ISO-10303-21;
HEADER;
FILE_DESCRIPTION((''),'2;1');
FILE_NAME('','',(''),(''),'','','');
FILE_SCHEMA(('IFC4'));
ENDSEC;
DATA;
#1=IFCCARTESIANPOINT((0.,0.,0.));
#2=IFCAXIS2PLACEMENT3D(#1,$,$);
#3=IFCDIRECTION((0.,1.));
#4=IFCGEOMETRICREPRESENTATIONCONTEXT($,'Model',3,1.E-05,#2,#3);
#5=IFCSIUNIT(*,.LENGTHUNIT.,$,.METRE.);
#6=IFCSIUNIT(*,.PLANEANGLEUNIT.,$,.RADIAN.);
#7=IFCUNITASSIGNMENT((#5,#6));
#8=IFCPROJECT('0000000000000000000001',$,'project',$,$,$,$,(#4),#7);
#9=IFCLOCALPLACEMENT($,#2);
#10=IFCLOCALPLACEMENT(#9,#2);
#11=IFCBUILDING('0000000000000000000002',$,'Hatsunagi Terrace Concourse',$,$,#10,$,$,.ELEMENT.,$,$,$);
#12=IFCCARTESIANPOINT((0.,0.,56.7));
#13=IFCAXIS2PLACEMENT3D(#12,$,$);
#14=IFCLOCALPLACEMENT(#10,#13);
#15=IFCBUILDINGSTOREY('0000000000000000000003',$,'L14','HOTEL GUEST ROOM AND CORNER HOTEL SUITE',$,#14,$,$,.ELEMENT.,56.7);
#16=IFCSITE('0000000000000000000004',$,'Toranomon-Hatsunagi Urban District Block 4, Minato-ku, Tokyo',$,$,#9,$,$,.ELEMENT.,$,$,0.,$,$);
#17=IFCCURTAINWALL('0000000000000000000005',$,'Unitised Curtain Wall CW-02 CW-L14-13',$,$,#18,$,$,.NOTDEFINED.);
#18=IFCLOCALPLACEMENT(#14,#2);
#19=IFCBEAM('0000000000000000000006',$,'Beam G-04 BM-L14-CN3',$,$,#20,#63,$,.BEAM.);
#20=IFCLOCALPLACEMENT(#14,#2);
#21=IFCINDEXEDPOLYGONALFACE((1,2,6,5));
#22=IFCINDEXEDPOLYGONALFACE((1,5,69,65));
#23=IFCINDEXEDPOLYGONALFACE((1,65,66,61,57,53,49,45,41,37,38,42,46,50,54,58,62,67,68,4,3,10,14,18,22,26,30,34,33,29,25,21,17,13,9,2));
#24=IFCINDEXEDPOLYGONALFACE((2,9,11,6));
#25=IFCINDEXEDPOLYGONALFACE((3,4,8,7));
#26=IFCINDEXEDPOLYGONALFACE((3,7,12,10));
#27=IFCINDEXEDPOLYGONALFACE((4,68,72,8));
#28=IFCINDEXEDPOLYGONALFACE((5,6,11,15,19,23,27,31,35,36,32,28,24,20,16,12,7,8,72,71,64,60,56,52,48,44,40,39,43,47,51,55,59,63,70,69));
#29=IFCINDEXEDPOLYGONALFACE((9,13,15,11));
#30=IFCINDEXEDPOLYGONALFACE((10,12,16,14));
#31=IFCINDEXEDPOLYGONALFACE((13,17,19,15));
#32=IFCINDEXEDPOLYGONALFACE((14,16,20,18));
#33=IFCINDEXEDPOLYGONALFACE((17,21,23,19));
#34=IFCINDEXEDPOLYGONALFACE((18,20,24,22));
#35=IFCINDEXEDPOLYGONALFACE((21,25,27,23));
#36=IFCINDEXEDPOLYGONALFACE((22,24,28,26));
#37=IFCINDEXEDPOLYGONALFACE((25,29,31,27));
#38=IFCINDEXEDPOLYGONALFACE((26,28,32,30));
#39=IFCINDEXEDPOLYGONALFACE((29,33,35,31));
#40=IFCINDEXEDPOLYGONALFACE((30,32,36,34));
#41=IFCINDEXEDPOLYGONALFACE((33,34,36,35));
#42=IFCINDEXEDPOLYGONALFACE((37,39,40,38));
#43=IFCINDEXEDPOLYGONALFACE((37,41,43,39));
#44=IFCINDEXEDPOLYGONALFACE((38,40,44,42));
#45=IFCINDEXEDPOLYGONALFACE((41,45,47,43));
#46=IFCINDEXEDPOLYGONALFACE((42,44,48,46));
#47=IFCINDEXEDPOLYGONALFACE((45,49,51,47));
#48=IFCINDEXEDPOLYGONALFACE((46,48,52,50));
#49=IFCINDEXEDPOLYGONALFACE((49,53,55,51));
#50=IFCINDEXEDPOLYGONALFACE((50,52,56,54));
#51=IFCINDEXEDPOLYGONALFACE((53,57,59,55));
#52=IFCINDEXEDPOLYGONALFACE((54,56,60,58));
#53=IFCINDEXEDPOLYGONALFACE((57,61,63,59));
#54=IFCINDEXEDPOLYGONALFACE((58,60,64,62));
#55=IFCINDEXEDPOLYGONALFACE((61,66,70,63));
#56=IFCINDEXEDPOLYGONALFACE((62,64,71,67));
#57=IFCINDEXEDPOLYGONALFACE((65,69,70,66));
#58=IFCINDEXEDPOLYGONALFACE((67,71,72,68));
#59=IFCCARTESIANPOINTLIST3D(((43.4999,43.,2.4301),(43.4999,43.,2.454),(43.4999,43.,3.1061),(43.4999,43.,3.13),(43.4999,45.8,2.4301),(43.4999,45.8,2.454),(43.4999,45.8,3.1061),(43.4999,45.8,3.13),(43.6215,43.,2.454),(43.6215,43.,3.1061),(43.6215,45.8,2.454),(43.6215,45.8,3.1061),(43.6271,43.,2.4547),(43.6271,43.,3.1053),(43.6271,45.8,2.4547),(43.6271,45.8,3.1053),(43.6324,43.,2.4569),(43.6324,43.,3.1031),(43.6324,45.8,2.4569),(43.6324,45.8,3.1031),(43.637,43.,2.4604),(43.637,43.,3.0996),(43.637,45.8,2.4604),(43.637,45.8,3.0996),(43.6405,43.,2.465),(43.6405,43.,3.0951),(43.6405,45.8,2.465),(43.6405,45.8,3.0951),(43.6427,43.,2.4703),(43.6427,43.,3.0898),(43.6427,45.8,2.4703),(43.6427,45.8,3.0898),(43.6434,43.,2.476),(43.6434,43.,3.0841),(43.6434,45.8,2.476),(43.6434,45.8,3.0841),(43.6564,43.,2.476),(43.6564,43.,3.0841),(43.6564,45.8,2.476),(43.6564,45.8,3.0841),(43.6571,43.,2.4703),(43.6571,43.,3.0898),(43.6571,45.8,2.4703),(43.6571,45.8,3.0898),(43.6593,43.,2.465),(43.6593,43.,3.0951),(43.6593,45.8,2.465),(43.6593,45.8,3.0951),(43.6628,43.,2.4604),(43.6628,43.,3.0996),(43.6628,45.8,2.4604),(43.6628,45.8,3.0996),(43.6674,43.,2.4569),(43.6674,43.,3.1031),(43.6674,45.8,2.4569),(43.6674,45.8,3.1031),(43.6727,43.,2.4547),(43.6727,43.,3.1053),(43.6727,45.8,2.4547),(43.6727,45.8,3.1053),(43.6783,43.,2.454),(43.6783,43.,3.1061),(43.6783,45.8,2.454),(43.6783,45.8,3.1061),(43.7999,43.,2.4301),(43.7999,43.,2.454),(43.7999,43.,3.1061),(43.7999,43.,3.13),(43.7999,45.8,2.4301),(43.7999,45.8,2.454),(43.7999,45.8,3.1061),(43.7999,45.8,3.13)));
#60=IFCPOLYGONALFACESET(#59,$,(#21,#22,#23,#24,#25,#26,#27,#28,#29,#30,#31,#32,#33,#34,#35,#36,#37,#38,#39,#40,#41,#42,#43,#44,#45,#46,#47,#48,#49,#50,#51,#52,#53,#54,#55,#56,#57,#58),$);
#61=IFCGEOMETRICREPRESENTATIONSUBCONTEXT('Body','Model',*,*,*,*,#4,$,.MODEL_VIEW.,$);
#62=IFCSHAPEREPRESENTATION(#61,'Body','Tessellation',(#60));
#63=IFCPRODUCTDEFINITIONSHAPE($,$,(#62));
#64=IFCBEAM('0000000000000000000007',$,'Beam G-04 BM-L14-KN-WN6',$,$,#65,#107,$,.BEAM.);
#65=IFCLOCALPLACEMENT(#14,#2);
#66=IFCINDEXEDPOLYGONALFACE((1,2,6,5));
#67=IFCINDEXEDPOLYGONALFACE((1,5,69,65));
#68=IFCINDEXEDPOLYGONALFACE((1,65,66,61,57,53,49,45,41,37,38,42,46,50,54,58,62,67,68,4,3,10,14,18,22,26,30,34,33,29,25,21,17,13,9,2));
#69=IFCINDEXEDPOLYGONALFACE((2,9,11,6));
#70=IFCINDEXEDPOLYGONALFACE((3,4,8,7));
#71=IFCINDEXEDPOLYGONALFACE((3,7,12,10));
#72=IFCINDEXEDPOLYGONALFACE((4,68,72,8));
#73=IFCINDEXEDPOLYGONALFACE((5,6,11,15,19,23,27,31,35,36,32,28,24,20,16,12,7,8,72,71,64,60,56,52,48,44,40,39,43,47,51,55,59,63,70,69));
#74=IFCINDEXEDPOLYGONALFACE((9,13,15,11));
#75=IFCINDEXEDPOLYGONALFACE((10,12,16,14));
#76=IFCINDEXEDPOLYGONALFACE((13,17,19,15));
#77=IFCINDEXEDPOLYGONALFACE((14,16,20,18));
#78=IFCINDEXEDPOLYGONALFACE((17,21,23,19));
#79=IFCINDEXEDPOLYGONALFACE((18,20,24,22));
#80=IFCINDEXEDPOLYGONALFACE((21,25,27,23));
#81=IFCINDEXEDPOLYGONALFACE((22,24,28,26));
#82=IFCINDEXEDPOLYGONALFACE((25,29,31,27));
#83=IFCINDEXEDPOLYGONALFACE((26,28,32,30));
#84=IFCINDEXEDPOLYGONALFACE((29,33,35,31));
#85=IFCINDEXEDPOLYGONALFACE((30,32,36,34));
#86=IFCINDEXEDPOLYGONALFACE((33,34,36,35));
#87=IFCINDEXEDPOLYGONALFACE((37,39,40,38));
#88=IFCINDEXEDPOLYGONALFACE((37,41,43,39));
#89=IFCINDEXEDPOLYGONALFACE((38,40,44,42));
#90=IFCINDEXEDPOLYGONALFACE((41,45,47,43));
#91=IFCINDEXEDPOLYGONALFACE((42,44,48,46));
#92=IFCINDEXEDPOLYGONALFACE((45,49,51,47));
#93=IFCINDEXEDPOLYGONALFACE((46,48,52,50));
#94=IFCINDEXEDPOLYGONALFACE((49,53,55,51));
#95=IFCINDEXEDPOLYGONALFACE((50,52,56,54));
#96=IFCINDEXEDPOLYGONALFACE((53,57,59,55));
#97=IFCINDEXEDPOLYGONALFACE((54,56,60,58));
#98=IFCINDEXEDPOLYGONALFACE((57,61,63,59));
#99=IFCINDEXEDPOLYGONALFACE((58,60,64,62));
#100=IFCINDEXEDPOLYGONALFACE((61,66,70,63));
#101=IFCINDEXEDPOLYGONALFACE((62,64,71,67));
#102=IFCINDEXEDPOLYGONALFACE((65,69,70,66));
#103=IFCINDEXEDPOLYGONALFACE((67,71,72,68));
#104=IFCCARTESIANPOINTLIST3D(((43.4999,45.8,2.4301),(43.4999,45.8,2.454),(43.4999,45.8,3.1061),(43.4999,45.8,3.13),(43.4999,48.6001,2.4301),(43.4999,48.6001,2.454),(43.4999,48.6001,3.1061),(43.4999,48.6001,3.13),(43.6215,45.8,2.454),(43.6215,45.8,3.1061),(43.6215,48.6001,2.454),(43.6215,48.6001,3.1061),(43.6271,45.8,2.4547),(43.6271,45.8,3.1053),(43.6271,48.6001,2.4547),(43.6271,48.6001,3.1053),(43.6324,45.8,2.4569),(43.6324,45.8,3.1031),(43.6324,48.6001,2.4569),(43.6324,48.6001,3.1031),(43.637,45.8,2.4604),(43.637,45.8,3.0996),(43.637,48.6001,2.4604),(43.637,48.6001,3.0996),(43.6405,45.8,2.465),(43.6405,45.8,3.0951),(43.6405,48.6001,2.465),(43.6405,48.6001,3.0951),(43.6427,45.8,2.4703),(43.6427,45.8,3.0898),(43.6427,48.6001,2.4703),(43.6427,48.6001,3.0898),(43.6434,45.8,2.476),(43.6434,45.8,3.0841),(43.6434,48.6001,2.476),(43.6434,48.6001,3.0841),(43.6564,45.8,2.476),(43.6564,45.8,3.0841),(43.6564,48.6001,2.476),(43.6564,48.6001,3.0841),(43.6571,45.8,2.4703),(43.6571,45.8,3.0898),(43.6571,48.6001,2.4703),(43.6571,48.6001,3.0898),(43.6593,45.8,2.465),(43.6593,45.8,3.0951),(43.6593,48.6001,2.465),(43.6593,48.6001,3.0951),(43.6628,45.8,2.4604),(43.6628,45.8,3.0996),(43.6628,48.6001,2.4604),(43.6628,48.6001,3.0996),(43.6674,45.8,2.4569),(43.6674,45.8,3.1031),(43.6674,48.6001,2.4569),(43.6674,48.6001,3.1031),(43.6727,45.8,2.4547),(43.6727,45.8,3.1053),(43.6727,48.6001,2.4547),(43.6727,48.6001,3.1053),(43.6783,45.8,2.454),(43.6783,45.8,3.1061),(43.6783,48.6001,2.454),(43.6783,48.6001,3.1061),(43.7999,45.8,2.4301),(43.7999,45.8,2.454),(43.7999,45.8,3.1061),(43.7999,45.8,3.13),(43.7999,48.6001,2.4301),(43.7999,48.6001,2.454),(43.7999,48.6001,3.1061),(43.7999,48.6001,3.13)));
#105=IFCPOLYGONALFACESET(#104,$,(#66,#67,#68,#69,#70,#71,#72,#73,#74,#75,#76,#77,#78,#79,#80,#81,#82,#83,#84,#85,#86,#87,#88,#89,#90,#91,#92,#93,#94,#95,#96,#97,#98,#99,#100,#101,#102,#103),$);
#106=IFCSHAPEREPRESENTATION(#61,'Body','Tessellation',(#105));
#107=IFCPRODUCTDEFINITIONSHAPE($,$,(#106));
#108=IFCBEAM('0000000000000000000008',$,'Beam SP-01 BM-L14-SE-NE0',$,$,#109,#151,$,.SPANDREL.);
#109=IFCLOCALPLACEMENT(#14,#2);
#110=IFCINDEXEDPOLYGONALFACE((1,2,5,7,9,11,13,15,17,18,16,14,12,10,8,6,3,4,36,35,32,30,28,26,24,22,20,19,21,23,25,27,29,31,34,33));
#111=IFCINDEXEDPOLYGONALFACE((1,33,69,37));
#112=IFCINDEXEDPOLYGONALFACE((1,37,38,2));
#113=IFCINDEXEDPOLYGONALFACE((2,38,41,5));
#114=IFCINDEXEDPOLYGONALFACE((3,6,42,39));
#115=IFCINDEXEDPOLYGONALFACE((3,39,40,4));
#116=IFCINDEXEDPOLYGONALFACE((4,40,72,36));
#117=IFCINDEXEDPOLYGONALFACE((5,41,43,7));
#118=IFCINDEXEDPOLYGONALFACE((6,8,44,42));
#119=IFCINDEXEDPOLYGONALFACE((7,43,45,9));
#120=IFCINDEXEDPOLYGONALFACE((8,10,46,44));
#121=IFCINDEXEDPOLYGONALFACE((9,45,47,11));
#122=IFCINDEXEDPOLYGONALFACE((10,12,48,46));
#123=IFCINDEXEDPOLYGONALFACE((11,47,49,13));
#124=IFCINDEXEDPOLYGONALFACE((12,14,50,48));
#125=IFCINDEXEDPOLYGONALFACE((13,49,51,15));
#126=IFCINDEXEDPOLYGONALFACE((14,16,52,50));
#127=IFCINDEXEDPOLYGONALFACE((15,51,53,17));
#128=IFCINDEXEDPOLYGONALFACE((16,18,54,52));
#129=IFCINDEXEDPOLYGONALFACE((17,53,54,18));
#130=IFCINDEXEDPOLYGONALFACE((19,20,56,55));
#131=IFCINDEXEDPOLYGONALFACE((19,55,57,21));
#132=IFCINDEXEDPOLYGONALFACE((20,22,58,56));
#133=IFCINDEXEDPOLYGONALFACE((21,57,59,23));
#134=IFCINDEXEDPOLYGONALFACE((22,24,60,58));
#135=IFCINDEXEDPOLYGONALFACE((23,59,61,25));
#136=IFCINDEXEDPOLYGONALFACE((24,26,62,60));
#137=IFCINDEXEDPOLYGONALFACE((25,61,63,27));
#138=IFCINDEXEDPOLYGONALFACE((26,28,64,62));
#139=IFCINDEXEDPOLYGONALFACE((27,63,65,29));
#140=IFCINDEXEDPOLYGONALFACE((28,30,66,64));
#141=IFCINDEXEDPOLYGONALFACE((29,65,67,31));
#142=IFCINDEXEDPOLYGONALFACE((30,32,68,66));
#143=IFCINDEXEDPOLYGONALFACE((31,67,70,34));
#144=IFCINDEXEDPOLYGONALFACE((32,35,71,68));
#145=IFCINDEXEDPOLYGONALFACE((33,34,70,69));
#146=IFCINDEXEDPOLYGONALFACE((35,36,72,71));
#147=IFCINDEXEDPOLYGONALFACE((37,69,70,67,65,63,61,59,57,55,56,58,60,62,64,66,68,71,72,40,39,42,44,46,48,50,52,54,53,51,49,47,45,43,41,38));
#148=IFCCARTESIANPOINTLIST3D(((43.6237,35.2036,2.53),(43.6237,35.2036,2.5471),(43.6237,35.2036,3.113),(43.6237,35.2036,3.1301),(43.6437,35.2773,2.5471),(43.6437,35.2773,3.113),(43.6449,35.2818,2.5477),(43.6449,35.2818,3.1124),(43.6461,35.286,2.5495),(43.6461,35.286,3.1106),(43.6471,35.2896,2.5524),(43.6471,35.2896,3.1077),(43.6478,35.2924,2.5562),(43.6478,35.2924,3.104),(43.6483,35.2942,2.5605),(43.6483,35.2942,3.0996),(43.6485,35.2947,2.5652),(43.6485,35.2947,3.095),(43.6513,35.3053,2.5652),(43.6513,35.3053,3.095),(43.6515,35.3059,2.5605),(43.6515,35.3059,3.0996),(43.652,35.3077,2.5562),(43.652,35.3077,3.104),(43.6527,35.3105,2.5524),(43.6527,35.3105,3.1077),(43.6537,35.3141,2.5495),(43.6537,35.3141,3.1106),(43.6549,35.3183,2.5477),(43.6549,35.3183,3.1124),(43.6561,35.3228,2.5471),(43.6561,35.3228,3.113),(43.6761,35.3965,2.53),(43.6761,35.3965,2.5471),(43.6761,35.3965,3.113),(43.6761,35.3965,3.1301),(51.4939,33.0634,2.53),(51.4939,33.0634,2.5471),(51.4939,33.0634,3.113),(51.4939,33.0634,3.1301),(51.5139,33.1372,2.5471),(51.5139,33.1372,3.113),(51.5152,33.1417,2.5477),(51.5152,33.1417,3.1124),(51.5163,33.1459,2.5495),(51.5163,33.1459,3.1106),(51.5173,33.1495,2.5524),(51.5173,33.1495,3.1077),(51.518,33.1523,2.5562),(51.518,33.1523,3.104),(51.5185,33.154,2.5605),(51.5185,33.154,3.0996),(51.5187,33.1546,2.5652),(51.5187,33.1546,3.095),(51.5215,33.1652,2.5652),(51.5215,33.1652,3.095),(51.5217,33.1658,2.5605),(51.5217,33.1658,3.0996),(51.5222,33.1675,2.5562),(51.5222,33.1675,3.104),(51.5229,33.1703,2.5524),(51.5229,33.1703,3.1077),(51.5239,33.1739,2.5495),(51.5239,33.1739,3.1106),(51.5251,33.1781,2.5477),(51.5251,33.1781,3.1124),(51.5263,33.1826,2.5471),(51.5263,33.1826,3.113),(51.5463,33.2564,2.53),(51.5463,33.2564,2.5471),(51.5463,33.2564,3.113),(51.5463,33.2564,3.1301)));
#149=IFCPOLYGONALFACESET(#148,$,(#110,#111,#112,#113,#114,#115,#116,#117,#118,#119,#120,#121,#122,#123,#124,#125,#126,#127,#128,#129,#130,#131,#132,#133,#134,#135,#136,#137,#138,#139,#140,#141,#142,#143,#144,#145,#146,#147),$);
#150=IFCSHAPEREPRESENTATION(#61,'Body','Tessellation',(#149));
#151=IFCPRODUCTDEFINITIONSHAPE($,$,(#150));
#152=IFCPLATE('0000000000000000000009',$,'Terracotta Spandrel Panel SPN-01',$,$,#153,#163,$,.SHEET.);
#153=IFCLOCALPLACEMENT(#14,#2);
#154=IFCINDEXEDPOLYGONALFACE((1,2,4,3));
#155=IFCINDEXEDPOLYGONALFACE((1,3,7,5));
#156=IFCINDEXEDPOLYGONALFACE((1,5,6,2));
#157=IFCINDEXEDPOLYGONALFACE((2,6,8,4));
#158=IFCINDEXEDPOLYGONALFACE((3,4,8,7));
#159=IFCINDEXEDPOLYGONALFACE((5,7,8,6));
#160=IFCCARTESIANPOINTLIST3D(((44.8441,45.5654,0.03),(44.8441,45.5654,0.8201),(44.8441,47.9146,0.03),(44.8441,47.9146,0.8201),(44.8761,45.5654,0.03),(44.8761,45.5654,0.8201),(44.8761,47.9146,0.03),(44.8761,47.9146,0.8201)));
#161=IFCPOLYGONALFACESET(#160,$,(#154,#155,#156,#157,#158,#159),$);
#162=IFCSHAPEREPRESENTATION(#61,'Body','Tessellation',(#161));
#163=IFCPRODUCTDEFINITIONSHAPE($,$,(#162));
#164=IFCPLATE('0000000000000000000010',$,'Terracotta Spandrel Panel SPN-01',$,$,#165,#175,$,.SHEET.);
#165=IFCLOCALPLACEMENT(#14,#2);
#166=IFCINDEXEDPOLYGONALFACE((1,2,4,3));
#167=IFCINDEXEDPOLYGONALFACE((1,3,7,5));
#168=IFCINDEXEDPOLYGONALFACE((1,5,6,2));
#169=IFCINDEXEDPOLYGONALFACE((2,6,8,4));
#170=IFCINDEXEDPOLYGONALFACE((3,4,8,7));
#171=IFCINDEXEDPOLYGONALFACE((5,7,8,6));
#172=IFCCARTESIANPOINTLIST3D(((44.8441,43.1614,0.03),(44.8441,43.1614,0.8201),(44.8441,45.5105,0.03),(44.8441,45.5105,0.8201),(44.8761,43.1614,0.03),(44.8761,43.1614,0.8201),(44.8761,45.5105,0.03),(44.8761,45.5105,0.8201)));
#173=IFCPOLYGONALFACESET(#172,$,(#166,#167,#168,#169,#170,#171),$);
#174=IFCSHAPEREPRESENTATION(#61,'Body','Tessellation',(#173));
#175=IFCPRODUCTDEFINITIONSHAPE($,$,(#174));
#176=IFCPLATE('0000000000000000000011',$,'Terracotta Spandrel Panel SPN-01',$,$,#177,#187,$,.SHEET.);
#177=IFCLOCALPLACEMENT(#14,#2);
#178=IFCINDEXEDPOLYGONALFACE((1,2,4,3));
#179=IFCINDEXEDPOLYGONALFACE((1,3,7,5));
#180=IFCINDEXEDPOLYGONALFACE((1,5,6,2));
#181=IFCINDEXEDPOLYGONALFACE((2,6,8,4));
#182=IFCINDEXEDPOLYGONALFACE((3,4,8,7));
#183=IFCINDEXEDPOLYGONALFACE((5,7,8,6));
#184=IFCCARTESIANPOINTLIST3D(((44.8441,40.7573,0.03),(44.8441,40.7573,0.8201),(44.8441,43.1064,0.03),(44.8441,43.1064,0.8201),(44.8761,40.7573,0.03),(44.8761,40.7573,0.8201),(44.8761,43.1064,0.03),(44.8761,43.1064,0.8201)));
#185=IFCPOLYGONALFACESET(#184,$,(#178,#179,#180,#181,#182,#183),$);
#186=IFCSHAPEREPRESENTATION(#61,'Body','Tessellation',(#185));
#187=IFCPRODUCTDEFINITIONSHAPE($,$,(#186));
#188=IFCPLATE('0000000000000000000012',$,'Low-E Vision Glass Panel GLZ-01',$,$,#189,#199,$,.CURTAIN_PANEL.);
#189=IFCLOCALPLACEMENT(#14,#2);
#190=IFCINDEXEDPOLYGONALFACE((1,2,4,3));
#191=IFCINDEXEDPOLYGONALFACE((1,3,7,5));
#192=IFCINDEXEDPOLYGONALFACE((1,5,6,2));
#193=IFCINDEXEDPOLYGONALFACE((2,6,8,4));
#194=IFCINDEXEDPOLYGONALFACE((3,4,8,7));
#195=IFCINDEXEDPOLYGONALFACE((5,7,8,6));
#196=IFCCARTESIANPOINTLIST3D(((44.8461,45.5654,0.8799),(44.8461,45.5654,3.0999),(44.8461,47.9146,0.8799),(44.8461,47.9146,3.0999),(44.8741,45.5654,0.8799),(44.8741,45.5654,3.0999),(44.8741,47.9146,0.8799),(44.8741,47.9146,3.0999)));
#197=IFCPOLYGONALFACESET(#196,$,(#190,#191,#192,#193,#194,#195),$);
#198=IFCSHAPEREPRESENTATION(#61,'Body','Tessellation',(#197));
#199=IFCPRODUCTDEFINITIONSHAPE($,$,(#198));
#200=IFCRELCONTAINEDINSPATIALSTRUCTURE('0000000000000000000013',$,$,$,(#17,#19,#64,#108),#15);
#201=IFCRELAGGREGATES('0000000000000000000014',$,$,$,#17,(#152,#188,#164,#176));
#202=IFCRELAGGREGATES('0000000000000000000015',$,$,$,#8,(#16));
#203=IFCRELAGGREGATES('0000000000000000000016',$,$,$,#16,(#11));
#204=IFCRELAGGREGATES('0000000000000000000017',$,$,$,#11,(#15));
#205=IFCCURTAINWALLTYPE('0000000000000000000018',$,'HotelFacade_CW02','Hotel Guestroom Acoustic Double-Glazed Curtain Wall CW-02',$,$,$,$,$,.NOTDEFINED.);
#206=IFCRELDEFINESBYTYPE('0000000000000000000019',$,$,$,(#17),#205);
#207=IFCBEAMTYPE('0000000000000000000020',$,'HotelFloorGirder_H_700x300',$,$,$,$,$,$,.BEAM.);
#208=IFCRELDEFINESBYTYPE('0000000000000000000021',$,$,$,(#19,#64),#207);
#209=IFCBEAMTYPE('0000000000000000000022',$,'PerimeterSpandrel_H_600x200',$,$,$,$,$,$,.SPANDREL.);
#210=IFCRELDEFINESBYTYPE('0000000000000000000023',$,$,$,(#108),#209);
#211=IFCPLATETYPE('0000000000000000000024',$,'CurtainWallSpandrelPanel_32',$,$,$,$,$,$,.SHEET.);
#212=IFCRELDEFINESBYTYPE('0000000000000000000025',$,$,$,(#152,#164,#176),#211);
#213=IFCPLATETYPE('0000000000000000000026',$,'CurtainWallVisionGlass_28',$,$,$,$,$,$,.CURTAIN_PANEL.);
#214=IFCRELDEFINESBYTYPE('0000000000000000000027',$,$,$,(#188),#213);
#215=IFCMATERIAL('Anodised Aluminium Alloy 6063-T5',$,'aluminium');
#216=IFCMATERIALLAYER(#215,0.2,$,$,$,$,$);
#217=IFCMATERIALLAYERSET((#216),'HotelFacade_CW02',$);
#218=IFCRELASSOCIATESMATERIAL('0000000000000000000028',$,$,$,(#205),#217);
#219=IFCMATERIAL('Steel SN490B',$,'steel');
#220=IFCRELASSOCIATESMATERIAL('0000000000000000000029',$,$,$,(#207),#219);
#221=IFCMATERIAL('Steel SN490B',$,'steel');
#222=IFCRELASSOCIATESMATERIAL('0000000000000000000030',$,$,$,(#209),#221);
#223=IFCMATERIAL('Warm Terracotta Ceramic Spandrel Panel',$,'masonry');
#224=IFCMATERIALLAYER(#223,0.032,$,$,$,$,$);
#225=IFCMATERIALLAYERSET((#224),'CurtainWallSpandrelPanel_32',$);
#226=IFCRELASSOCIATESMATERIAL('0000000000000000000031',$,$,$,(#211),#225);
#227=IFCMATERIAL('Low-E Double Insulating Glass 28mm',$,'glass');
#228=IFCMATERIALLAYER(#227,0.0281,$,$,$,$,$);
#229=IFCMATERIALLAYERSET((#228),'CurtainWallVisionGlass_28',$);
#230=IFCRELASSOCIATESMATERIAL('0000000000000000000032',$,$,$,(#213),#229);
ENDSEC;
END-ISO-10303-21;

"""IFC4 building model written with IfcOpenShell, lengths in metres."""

from ifc_helpers import new_model, si_unit, direction, frame, origin, origin_2d, place, context, subcontext, project, spatial, rectangle, i_section, extrude, material, layer, layer_set, material_profile, profile_set, type_object, element, aggregate, save


model = new_model("IFC4")

# Units and contexts
model_context = context("Model", 3, precision=1e-05, world=origin(), true_north=direction((0.0, 1.0)))
body_context = subcontext(model_context, "Body", "Model", "MODEL_VIEW")
ifc_project = project(units=[si_unit("LENGTHUNIT", "METRE"), si_unit("PLANEANGLEUNIT", "RADIAN")], contexts=[model_context])

# Site, building, storey
site_placement = place(None, origin())
site = spatial("IfcSite", under=ifc_project, at=site_placement, Name="Toranomon-Hatsunagi Urban District Block 4, Minato-ku, Tokyo", CompositionType="ELEMENT", RefElevation=0.0)
building_placement = place(site_placement, origin())
building = spatial("IfcBuilding", under=site, at=building_placement, Name="Hatsunagi Terrace Concourse", CompositionType="ELEMENT")
storey_placement = place(building_placement, frame((0.0, 0.0, 56.7)))
storey = spatial("IfcBuildingStorey", under=building, at=storey_placement, Name="L14", Description="HOTEL GUEST ROOM AND CORNER HOTEL SUITE", CompositionType="ELEMENT", Elevation=56.7)

# Curtain wall
ifc_material_1 = material(Name="Anodised Aluminium Alloy 6063-T5", Category="aluminium")
ifc_layer_1 = layer(ifc_material_1, 0.2)
ifc_layer_set_1 = layer_set([ifc_layer_1], Name="HotelFacade_CW02")
curtain_wall_type = type_object("IfcCurtainWallType", Name="HotelFacade_CW02", Description="Hotel Guestroom Acoustic Double-Glazed Curtain Wall CW-02", PredefinedType="NOTDEFINED", material=ifc_layer_set_1)
curtain_wall_placement = place(storey_placement, origin())
curtain_wall = element("IfcCurtainWall", 1, at=curtain_wall_placement, inside=storey, type_object=curtain_wall_type, Name="Unitised Curtain Wall CW-02 CW-L14-13", PredefinedType="NOTDEFINED")

# Beams
ifc_material_2 = material(Name="Steel SN490B", Category="steel")
ifc_material_profile_1 = material_profile(ifc_material_2, i_section(OverallWidth=0.3, OverallDepth=0.7, WebThickness=0.0129, FlangeThickness=0.0239, FilletRadius=0.022, at=origin_2d()), Name="H-700x300x13x24")
ifc_profile_set_1 = profile_set([ifc_material_profile_1], Name="Steel SN490B")
beam_type_1 = type_object("IfcBeamType", Name="HotelFloorGirder_H_700x300", PredefinedType="BEAM", material=ifc_profile_set_1)
for number, where, z_axis, x_axis, name in (
    (2, (43.6499, 43.0, 2.78), (0.0, 1.0, 0.0), (-1.0, 0.0, 0.0), "Beam G-04 BM-L14-CN3"),
    (3, (43.6499, 45.8, 2.78), (0.0, 1.0, 0.0), (-1.0, 0.0, 0.0), "Beam G-04 BM-L14-KN-WN6"),
):
    element("IfcBeam", number, at=place(storey_placement, frame(where, z_axis=z_axis, x_axis=x_axis)), inside=storey, type_object=beam_type_1, Name=name, PredefinedType="BEAM", context=body_context, shape_type="SweptSolid", body=[
        extrude(i_section(OverallWidth=0.3, OverallDepth=0.7, WebThickness=0.0129, FlangeThickness=0.0239, FilletRadius=0.022, at=origin_2d()), origin(), (0.0, 0.0, 1.0), 2.8),
    ])
ifc_material_3 = material(Name="Steel SN490B", Category="steel")
ifc_material_profile_2 = material_profile(ifc_material_3, i_section(OverallWidth=0.2, OverallDepth=0.6001, WebThickness=0.011, FlangeThickness=0.0171, FilletRadius=0.0181, at=origin_2d()), Name="H-600x200x11x17")
ifc_profile_set_2 = profile_set([ifc_material_profile_2], Name="Steel SN490B")
beam_type_2 = type_object("IfcBeamType", Name="PerimeterSpandrel_H_600x200", PredefinedType="SPANDREL", material=ifc_profile_set_2)
beam_placement = place(storey_placement, frame((43.6499, 35.3, 2.8301), z_axis=(0.964958, -0.262403, 0.0), x_axis=(0.262403, 0.964958, 0.0)))
element("IfcBeam", 4, at=beam_placement, inside=storey, type_object=beam_type_2, Name="Beam SP-01 BM-L14-SE-NE0", PredefinedType="SPANDREL", context=body_context, shape_type="SweptSolid", body=[
    extrude(i_section(OverallWidth=0.2, OverallDepth=0.6001, WebThickness=0.011, FlangeThickness=0.0171, FilletRadius=0.0181, at=origin_2d()), origin(), (0.0, 0.0, 1.0), 8.156),
])

# Plates
ifc_material_4 = material(Name="Warm Terracotta Ceramic Spandrel Panel", Category="masonry")
ifc_layer_2 = layer(ifc_material_4, 0.032)
ifc_layer_set_2 = layer_set([ifc_layer_2], Name="CurtainWallSpandrelPanel_32")
plate_type_1 = type_object("IfcPlateType", Name="CurtainWallSpandrelPanel_32", PredefinedType="SHEET", material=ifc_layer_set_2)
plate_1_placement = place(storey_placement, frame((44.8601, 46.74, 0.03), z_axis=(0.0, 0.0, 1.0), x_axis=(0.0, -1.0, 0.0)))
plate_1 = element("IfcPlate", 5, at=plate_1_placement, type_object=plate_type_1, Name="Terracotta Spandrel Panel SPN-01", PredefinedType="SHEET", context=body_context, shape_type="SweptSolid", body=[
    extrude(rectangle(XDim=2.3491, YDim=0.032, at=origin_2d()), origin(), (0.0, 0.0, 1.0), 0.79),
])
plate_2_placement = place(storey_placement, frame((44.8601, 44.3359, 0.03), z_axis=(0.0, 0.0, 1.0), x_axis=(0.0, -1.0, 0.0)))
plate_2 = element("IfcPlate", 6, at=plate_2_placement, type_object=plate_type_1, Name="Terracotta Spandrel Panel SPN-01", PredefinedType="SHEET", context=body_context, shape_type="SweptSolid", body=[
    extrude(rectangle(XDim=2.3491, YDim=0.032, at=origin_2d()), origin(), (0.0, 0.0, 1.0), 0.79),
])
plate_3_placement = place(storey_placement, frame((44.8601, 41.9319, 0.03), z_axis=(0.0, 0.0, 1.0), x_axis=(0.0, -1.0, 0.0)))
plate_3 = element("IfcPlate", 7, at=plate_3_placement, type_object=plate_type_1, Name="Terracotta Spandrel Panel SPN-01", PredefinedType="SHEET", context=body_context, shape_type="SweptSolid", body=[
    extrude(rectangle(XDim=2.3491, YDim=0.032, at=origin_2d()), origin(), (0.0, 0.0, 1.0), 0.79),
])
ifc_material_5 = material(Name="Low-E Double Insulating Glass 28mm", Category="glass")
ifc_layer_3 = layer(ifc_material_5, 0.0281)
ifc_layer_set_3 = layer_set([ifc_layer_3], Name="CurtainWallVisionGlass_28")
plate_type_2 = type_object("IfcPlateType", Name="CurtainWallVisionGlass_28", PredefinedType="CURTAIN_PANEL", material=ifc_layer_set_3)
plate_4_placement = place(storey_placement, frame((44.8601, 46.74, 0.8799), z_axis=(0.0, 0.0, 1.0), x_axis=(0.0, -1.0, 0.0)))
plate_4 = element("IfcPlate", 8, at=plate_4_placement, type_object=plate_type_2, Name="Low-E Vision Glass Panel GLZ-01", PredefinedType="CURTAIN_PANEL", context=body_context, shape_type="SweptSolid", body=[
    extrude(rectangle(XDim=2.3491, YDim=0.0281, at=origin_2d()), origin(), (0.0, 0.0, 1.0), 2.22),
])
aggregate(curtain_wall, [plate_1, plate_4, plate_2, plate_3])

save(model, "model.ifc")
